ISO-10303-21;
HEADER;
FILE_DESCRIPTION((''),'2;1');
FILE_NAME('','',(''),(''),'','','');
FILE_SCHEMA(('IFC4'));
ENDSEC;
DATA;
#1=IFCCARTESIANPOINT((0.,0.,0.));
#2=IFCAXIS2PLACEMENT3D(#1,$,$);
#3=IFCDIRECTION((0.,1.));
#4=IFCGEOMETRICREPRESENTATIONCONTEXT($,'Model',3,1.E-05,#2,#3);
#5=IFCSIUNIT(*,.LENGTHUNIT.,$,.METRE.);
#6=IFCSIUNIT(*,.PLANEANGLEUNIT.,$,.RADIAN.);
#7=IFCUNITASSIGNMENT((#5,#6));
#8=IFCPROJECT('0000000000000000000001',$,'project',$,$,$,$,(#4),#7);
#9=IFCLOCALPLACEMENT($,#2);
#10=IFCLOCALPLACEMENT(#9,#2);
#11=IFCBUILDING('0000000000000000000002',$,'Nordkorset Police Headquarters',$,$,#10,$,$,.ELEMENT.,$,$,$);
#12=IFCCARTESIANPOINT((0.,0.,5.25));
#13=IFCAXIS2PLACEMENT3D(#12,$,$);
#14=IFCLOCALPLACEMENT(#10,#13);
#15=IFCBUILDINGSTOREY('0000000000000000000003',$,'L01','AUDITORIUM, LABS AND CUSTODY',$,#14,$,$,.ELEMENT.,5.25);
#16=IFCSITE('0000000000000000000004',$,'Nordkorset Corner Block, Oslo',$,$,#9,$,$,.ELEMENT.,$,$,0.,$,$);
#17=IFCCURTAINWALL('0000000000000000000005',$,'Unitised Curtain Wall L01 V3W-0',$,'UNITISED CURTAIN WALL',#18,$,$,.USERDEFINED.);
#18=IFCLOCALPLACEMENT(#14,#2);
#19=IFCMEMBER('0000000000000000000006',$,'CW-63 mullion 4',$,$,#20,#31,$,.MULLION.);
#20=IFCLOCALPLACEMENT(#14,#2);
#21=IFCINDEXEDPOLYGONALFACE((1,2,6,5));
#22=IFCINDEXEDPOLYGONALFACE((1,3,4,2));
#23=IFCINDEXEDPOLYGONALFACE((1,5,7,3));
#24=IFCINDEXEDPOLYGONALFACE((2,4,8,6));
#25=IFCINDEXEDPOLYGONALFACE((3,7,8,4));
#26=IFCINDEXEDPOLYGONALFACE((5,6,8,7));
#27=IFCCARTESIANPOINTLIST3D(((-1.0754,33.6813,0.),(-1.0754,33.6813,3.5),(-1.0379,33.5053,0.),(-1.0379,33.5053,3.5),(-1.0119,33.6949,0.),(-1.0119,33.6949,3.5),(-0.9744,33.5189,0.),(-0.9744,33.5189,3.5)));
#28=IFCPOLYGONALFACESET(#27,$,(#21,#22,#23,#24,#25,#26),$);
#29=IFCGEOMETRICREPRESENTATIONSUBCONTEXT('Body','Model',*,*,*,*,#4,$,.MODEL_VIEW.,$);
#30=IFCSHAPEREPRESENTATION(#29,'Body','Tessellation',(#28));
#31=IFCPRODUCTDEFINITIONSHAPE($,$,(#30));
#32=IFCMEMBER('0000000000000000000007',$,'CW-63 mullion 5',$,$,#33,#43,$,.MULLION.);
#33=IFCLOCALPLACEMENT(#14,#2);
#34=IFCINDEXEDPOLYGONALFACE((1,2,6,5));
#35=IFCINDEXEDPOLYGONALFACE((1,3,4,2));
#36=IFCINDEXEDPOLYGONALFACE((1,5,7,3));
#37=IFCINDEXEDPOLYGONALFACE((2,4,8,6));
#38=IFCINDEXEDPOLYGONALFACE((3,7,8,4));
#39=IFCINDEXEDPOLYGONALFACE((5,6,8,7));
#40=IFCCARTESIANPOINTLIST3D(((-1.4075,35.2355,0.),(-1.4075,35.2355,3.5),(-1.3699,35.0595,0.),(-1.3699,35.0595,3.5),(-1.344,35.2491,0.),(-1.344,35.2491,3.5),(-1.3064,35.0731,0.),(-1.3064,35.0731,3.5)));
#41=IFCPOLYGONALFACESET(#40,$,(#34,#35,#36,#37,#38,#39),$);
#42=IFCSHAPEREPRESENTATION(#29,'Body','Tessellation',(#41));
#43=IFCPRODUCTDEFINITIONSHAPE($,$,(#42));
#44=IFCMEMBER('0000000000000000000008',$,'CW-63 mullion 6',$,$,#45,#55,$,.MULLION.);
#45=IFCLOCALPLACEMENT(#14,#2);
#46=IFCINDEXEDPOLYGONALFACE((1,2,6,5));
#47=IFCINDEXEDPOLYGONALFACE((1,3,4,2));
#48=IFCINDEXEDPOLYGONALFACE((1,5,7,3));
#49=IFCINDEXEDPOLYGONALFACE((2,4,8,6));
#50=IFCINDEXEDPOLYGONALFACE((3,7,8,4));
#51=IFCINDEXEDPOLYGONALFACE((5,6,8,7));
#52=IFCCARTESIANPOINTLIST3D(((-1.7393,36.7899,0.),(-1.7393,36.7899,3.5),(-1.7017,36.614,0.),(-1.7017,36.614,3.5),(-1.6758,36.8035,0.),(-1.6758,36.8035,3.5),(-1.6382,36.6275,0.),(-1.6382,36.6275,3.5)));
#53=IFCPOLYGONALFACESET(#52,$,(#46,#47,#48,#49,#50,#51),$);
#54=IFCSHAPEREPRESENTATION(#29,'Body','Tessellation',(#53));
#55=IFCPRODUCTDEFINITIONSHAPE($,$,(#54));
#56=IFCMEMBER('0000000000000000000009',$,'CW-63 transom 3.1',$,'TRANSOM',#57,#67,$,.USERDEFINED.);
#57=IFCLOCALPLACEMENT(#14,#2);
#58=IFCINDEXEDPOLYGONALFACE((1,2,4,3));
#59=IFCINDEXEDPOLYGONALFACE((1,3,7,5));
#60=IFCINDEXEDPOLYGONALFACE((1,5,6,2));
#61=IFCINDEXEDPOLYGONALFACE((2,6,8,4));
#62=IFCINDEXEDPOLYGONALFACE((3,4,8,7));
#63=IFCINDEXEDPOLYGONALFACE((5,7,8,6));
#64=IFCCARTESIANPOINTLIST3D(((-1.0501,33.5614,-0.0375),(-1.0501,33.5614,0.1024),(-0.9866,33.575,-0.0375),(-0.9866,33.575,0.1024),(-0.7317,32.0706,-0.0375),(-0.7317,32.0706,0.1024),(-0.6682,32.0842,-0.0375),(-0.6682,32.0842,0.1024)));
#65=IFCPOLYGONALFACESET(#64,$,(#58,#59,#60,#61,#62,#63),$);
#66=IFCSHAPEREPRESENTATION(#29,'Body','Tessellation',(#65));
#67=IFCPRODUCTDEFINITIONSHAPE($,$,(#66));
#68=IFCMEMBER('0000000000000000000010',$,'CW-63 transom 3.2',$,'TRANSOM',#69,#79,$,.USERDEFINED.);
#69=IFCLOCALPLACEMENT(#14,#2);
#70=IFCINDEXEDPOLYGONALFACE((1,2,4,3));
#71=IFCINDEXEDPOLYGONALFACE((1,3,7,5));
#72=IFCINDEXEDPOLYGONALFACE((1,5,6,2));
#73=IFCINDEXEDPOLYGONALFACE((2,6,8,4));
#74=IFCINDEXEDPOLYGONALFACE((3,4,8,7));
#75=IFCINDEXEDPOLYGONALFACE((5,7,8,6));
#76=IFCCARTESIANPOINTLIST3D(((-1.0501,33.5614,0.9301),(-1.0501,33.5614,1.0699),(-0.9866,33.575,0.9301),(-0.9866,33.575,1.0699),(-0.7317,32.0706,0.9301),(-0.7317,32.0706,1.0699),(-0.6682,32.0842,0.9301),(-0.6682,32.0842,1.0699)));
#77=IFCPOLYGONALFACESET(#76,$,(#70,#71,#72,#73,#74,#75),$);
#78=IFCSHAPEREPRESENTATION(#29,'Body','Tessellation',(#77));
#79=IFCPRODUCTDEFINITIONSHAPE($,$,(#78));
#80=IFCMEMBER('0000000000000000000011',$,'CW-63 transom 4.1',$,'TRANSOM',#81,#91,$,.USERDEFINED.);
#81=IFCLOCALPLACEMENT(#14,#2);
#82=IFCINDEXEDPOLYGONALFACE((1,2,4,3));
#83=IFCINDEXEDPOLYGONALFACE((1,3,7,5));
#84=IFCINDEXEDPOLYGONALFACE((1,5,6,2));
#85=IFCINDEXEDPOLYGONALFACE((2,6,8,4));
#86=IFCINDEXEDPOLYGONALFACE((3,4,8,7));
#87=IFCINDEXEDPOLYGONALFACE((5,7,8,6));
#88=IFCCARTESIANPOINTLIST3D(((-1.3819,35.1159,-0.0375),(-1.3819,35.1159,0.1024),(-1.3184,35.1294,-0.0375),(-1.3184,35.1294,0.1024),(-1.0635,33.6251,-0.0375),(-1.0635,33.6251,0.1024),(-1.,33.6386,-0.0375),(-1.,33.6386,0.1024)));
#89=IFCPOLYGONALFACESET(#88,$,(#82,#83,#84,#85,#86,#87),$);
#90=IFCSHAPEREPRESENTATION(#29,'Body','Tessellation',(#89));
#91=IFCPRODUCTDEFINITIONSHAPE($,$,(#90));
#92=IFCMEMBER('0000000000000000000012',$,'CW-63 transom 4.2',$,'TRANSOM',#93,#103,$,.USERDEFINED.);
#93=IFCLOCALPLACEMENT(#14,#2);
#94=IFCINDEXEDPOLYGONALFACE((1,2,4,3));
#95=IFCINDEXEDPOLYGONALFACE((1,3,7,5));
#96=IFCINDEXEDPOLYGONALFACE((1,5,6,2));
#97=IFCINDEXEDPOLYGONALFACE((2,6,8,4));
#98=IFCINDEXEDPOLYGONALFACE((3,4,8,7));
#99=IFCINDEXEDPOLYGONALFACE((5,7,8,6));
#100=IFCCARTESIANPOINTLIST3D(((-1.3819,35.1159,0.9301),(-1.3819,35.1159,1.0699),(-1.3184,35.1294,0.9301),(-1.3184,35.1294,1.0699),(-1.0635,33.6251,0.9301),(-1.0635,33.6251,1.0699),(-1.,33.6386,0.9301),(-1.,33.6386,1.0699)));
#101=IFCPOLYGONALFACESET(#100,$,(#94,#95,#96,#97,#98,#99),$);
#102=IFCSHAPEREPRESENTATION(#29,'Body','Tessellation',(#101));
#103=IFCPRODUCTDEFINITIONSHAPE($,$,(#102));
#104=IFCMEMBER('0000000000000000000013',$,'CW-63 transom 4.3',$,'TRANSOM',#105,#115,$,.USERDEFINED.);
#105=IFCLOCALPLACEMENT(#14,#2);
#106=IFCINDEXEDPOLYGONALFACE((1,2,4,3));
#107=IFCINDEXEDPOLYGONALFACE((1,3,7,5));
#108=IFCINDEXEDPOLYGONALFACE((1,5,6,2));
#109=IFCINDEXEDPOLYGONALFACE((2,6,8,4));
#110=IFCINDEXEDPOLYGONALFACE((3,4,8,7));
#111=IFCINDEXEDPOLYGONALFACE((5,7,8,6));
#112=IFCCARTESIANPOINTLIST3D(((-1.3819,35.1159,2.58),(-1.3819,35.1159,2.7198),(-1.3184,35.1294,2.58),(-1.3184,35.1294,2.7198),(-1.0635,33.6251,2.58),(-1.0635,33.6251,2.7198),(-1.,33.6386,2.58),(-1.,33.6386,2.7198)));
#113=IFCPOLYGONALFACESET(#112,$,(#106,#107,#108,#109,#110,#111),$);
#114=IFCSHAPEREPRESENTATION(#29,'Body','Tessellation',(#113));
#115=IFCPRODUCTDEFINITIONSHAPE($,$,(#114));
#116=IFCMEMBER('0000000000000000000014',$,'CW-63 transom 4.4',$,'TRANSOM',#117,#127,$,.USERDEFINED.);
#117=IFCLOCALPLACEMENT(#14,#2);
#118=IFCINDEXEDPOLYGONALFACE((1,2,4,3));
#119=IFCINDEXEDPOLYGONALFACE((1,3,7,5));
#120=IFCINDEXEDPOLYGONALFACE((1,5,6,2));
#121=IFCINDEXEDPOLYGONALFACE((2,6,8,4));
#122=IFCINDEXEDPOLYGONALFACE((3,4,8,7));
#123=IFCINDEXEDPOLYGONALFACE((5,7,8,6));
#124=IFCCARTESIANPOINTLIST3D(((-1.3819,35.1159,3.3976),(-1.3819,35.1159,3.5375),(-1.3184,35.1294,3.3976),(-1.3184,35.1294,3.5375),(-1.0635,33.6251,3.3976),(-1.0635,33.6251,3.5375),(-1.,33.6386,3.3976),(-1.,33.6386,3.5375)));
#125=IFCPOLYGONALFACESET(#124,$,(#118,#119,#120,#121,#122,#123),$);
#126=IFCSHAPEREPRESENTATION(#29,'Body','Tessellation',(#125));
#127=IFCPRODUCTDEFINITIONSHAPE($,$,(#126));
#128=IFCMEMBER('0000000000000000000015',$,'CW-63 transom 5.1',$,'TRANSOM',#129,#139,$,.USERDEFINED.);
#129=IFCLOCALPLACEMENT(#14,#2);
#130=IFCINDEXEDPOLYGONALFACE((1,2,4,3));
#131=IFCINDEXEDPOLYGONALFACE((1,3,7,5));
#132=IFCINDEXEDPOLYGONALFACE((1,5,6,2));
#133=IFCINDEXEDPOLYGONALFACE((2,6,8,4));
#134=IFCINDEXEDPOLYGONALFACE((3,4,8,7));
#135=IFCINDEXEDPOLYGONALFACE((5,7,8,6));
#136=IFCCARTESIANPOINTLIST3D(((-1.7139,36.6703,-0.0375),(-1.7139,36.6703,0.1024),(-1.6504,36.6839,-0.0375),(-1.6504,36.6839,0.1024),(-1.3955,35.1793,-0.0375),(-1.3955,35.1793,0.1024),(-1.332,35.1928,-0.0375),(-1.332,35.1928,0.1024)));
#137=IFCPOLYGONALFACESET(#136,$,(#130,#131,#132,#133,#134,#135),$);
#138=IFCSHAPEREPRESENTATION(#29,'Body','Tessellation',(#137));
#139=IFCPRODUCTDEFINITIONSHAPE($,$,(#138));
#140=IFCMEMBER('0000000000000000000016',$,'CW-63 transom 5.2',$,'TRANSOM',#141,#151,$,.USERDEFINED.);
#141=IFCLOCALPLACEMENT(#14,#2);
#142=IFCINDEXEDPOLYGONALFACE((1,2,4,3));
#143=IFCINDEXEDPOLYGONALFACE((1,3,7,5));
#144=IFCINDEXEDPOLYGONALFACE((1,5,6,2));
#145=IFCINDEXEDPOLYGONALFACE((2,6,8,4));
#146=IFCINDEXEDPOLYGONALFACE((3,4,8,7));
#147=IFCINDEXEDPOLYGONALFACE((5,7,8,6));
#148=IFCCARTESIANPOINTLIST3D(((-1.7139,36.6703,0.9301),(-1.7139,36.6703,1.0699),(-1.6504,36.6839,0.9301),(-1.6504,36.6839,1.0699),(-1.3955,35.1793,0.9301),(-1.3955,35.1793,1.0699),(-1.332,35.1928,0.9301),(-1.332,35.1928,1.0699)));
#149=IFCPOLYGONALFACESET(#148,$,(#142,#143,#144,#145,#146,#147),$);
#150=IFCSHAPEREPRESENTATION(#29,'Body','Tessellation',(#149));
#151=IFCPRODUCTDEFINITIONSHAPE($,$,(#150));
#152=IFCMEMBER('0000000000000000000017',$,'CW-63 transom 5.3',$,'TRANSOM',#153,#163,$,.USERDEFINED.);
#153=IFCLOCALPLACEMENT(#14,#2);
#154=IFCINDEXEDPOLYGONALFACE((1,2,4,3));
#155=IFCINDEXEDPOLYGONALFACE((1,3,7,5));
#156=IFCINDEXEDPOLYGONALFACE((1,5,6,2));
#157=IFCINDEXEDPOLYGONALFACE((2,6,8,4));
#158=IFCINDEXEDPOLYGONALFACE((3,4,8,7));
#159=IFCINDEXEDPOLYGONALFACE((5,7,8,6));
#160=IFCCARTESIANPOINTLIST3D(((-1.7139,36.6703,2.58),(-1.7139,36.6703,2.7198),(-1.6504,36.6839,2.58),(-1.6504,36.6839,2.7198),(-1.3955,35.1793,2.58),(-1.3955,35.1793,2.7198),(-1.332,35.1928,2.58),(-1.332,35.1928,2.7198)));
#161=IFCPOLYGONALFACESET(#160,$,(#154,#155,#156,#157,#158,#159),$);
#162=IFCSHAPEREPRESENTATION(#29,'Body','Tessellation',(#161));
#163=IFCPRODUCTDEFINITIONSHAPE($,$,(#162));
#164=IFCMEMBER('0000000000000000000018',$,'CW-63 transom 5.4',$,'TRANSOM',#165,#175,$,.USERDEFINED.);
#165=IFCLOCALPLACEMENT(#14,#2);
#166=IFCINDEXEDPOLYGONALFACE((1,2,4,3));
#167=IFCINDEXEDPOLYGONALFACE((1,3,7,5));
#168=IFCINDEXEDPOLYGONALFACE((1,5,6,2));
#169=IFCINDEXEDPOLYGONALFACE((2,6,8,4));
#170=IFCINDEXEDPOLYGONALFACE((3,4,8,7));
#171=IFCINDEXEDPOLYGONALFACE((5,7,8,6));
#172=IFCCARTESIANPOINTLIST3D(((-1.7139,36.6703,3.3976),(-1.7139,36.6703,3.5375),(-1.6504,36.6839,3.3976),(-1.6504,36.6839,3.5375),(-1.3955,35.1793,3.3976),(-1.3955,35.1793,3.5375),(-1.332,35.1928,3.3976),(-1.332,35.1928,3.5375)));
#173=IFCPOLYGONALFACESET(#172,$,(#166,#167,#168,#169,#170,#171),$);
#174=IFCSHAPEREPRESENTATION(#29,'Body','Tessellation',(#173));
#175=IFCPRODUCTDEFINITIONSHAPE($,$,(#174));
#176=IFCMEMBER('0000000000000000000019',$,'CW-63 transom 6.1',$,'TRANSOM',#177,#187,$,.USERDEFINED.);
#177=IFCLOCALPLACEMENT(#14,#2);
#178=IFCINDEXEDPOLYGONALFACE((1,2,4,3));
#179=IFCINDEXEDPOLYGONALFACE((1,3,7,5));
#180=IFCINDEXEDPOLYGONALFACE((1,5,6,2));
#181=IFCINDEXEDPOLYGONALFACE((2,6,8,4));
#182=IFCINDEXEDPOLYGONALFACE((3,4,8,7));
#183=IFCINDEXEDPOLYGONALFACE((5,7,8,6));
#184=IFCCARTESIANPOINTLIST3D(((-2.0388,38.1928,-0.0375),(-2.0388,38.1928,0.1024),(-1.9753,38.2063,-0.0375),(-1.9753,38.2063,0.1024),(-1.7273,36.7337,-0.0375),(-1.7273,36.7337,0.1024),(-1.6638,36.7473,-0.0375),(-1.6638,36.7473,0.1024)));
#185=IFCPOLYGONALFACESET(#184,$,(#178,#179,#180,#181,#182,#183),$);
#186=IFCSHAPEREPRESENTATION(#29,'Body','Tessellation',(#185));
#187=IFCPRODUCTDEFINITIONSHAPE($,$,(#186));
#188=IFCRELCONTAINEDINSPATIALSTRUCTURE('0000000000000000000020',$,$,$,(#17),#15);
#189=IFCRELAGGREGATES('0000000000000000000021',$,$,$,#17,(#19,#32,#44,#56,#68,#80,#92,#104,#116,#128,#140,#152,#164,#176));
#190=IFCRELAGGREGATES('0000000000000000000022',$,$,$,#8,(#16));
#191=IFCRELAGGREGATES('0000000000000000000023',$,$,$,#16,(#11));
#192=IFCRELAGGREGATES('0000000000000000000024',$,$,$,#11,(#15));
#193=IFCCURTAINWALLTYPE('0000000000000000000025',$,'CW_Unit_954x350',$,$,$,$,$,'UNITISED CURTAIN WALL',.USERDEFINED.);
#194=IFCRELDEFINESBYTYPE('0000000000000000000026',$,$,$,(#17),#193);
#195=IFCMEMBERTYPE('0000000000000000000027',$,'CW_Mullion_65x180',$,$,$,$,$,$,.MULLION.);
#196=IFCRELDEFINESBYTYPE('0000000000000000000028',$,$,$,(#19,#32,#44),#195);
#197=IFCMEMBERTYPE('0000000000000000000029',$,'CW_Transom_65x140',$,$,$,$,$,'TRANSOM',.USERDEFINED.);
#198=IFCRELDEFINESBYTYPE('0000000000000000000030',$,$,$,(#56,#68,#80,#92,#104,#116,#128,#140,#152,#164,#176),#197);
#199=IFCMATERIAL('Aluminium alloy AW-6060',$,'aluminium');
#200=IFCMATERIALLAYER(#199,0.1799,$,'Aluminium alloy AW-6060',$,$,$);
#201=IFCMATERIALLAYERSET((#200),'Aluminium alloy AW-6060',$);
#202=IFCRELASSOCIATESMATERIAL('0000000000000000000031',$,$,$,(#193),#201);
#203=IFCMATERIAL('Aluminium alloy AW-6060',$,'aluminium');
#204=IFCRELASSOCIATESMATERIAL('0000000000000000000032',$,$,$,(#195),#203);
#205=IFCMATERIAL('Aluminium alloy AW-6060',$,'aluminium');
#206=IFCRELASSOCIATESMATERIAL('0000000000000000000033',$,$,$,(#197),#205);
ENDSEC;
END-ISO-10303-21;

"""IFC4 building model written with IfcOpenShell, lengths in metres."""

from ifc_helpers import new_model, si_unit, direction, frame, origin, origin_2d, place, context, subcontext, project, spatial, rectangle, extrude, material, layer, layer_set, material_profile, profile_set, type_object, element, aggregate, save


model = new_model("IFC4")

# Units and contexts
model_context = context("Model", 3, precision=1e-05, world=origin(), true_north=direction((0.0, 1.0)))
body_context = subcontext(model_context, "Body", "Model", "MODEL_VIEW")
ifc_project = project(units=[si_unit("LENGTHUNIT", "METRE"), si_unit("PLANEANGLEUNIT", "RADIAN")], contexts=[model_context])

# Site, building, storey
site_placement = place(None, origin())
site = spatial("IfcSite", under=ifc_project, at=site_placement, Name="Nordkorset Corner Block, Oslo", CompositionType="ELEMENT", RefElevation=0.0)
building_placement = place(site_placement, origin())
building = spatial("IfcBuilding", under=site, at=building_placement, Name="Nordkorset Police Headquarters", CompositionType="ELEMENT")
storey_placement = place(building_placement, frame((0.0, 0.0, 5.25)))
storey = spatial("IfcBuildingStorey", under=building, at=storey_placement, Name="L01", Description="AUDITORIUM, LABS AND CUSTODY", CompositionType="ELEMENT", Elevation=5.25)

# Curtain wall, members
ifc_material_1 = material(Name="Aluminium alloy AW-6060", Category="aluminium")
ifc_layer_1 = layer(ifc_material_1, 0.1799, Name="Aluminium alloy AW-6060")
ifc_layer_set_1 = layer_set([ifc_layer_1], Name="Aluminium alloy AW-6060")
curtain_wall_type = type_object("IfcCurtainWallType", Name="CW_Unit_954x350", ElementType="UNITISED CURTAIN WALL", PredefinedType="USERDEFINED", material=ifc_layer_set_1)
curtain_wall_placement = place(storey_placement, origin())
curtain_wall = element("IfcCurtainWall", 1, at=curtain_wall_placement, inside=storey, type_object=curtain_wall_type, Name="Unitised Curtain Wall L01 V3W-0", ObjectType="UNITISED CURTAIN WALL", PredefinedType="USERDEFINED")
ifc_material_2 = material(Name="Aluminium alloy AW-6060", Category="aluminium")
ifc_material_profile_1 = material_profile(ifc_material_2, rectangle(XDim=0.0649, YDim=0.1799, at=origin_2d()), Name="ALU MULL 65x180")
ifc_profile_set_1 = profile_set([ifc_material_profile_1], Name="Aluminium alloy AW-6060")
member_type_1 = type_object("IfcMemberType", Name="CW_Mullion_65x180", PredefinedType="MULLION", material=ifc_profile_set_1)
member_1_placement = place(storey_placement, frame((-1.0249, 33.6001, 0.0), z_axis=(0.0, 0.0, 1.0), x_axis=(-0.977951, -0.208833, 0.0)))
member_1 = element("IfcMember", 2, at=member_1_placement, type_object=member_type_1, Name="CW-63 mullion 4", PredefinedType="MULLION", context=body_context, shape_type="SweptSolid", body=[
    extrude(rectangle(XDim=0.0649, YDim=0.1799, at=origin_2d()), origin(), (0.0, 0.0, 1.0), 3.5),
])
member_2_placement = place(storey_placement, frame((-1.3569, 35.1543, 0.0), z_axis=(0.0, 0.0, 1.0), x_axis=(-0.977951, -0.208833, 0.0)))
member_2 = element("IfcMember", 3, at=member_2_placement, type_object=member_type_1, Name="CW-63 mullion 5", PredefinedType="MULLION", context=body_context, shape_type="SweptSolid", body=[
    extrude(rectangle(XDim=0.0649, YDim=0.1799, at=origin_2d()), origin(), (0.0, 0.0, 1.0), 3.5),
])
member_3_placement = place(storey_placement, frame((-1.6887, 36.7087, 0.0), z_axis=(0.0, 0.0, 1.0), x_axis=(-0.977951, -0.208833, 0.0)))
member_3 = element("IfcMember", 4, at=member_3_placement, type_object=member_type_1, Name="CW-63 mullion 6", PredefinedType="MULLION", context=body_context, shape_type="SweptSolid", body=[
    extrude(rectangle(XDim=0.0649, YDim=0.1799, at=origin_2d()), origin(), (0.0, 0.0, 1.0), 3.5),
])
ifc_material_3 = material(Name="Aluminium alloy AW-6060", Category="aluminium")
ifc_material_profile_2 = material_profile(ifc_material_3, rectangle(XDim=0.0649, YDim=0.1399, at=origin_2d()), Name="ALU TRAN 65x140")
ifc_profile_set_2 = profile_set([ifc_material_profile_2], Name="Aluminium alloy AW-6060")
member_type_2 = type_object("IfcMemberType", Name="CW_Transom_65x140", ElementType="TRANSOM", PredefinedType="USERDEFINED", material=ifc_profile_set_2)
member_4_placement = place(storey_placement, frame((-0.7, 32.0774, 0.0325), z_axis=(-0.208851, 0.977947, 0.0), x_axis=(-0.977947, -0.208851, 0.0)))
member_4 = element("IfcMember", 5, at=member_4_placement, type_object=member_type_2, Name="CW-63 transom 3.1", ObjectType="TRANSOM", PredefinedType="USERDEFINED", context=body_context, shape_type="SweptSolid", body=[
    extrude(rectangle(XDim=0.0649, YDim=0.1399, at=origin_2d()), origin(), (0.0, 0.0, 1.0), 1.5244),
])
member_5_placement = place(storey_placement, frame((-0.7, 32.0774, 1.0), z_axis=(-0.208851, 0.977947, 0.0), x_axis=(-0.977947, -0.208851, 0.0)))
member_5 = element("IfcMember", 6, at=member_5_placement, type_object=member_type_2, Name="CW-63 transom 3.2", ObjectType="TRANSOM", PredefinedType="USERDEFINED", context=body_context, shape_type="SweptSolid", body=[
    extrude(rectangle(XDim=0.0649, YDim=0.1399, at=origin_2d()), origin(), (0.0, 0.0, 1.0), 1.5244),
])
member_6_placement = place(storey_placement, frame((-1.0317, 33.6318, 0.0325), z_axis=(-0.208851, 0.977947, 0.0), x_axis=(-0.977947, -0.208851, 0.0)))
member_6 = element("IfcMember", 7, at=member_6_placement, type_object=member_type_2, Name="CW-63 transom 4.1", ObjectType="TRANSOM", PredefinedType="USERDEFINED", context=body_context, shape_type="SweptSolid", body=[
    extrude(rectangle(XDim=0.0649, YDim=0.1399, at=origin_2d()), origin(), (0.0, 0.0, 1.0), 1.5244),
])
member_7_placement = place(storey_placement, frame((-1.0317, 33.6318, 1.0), z_axis=(-0.208851, 0.977947, 0.0), x_axis=(-0.977947, -0.208851, 0.0)))
member_7 = element("IfcMember", 8, at=member_7_placement, type_object=member_type_2, Name="CW-63 transom 4.2", ObjectType="TRANSOM", PredefinedType="USERDEFINED", context=body_context, shape_type="SweptSolid", body=[
    extrude(rectangle(XDim=0.0649, YDim=0.1399, at=origin_2d()), origin(), (0.0, 0.0, 1.0), 1.5244),
])
member_8_placement = place(storey_placement, frame((-1.0317, 33.6318, 2.6499), z_axis=(-0.208851, 0.977947, 0.0), x_axis=(-0.977947, -0.208851, 0.0)))
member_8 = element("IfcMember", 9, at=member_8_placement, type_object=member_type_2, Name="CW-63 transom 4.3", ObjectType="TRANSOM", PredefinedType="USERDEFINED", context=body_context, shape_type="SweptSolid", body=[
    extrude(rectangle(XDim=0.0649, YDim=0.1399, at=origin_2d()), origin(), (0.0, 0.0, 1.0), 1.5244),
])
member_9_placement = place(storey_placement, frame((-1.0317, 33.6318, 3.4675), z_axis=(-0.208851, 0.977947, 0.0), x_axis=(-0.977947, -0.208851, 0.0)))
member_9 = element("IfcMember", 10, at=member_9_placement, type_object=member_type_2, Name="CW-63 transom 4.4", ObjectType="TRANSOM", PredefinedType="USERDEFINED", context=body_context, shape_type="SweptSolid", body=[
    extrude(rectangle(XDim=0.0649, YDim=0.1399, at=origin_2d()), origin(), (0.0, 0.0, 1.0), 1.5244),
])
member_10_placement = place(storey_placement, frame((-1.3638, 35.186, 0.0325), z_axis=(-0.208818, 0.977954, 0.0), x_axis=(-0.977954, -0.208818, 0.0)))
member_10 = element("IfcMember", 11, at=member_10_placement, type_object=member_type_2, Name="CW-63 transom 5.1", ObjectType="TRANSOM", PredefinedType="USERDEFINED", context=body_context, shape_type="SweptSolid", body=[
    extrude(rectangle(XDim=0.0649, YDim=0.1399, at=origin_2d()), origin(), (0.0, 0.0, 1.0), 1.5247),
])
member_11_placement = place(storey_placement, frame((-1.3638, 35.186, 1.0), z_axis=(-0.208818, 0.977954, 0.0), x_axis=(-0.977954, -0.208818, 0.0)))
member_11 = element("IfcMember", 12, at=member_11_placement, type_object=member_type_2, Name="CW-63 transom 5.2", ObjectType="TRANSOM", PredefinedType="USERDEFINED", context=body_context, shape_type="SweptSolid", body=[
    extrude(rectangle(XDim=0.0649, YDim=0.1399, at=origin_2d()), origin(), (0.0, 0.0, 1.0), 1.5247),
])
member_12_placement = place(storey_placement, frame((-1.3638, 35.186, 2.6499), z_axis=(-0.208818, 0.977954, 0.0), x_axis=(-0.977954, -0.208818, 0.0)))
member_12 = element("IfcMember", 13, at=member_12_placement, type_object=member_type_2, Name="CW-63 transom 5.3", ObjectType="TRANSOM", PredefinedType="USERDEFINED", context=body_context, shape_type="SweptSolid", body=[
    extrude(rectangle(XDim=0.0649, YDim=0.1399, at=origin_2d()), origin(), (0.0, 0.0, 1.0), 1.5247),
])
member_13_placement = place(storey_placement, frame((-1.3638, 35.186, 3.4675), z_axis=(-0.208818, 0.977954, 0.0), x_axis=(-0.977954, -0.208818, 0.0)))
member_13 = element("IfcMember", 14, at=member_13_placement, type_object=member_type_2, Name="CW-63 transom 5.4", ObjectType="TRANSOM", PredefinedType="USERDEFINED", context=body_context, shape_type="SweptSolid", body=[
    extrude(rectangle(XDim=0.0649, YDim=0.1399, at=origin_2d()), origin(), (0.0, 0.0, 1.0), 1.5247),
])
member_14_placement = place(storey_placement, frame((-1.6956, 36.7405, 0.0325), z_axis=(-0.208814, 0.977955, 0.0), x_axis=(-0.977955, -0.208814, 0.0)))
member_14 = element("IfcMember", 15, at=member_14_placement, type_object=member_type_2, Name="CW-63 transom 6.1", ObjectType="TRANSOM", PredefinedType="USERDEFINED", context=body_context, shape_type="SweptSolid", body=[
    extrude(rectangle(XDim=0.0649, YDim=0.1399, at=origin_2d()), origin(), (0.0, 0.0, 1.0), 1.4919),
])
aggregate(curtain_wall, [member_1, member_2, member_3, member_4, member_5, member_6, member_7, member_8, member_9, member_10, member_11, member_12, member_13, member_14])

save(model, "model.ifc")
